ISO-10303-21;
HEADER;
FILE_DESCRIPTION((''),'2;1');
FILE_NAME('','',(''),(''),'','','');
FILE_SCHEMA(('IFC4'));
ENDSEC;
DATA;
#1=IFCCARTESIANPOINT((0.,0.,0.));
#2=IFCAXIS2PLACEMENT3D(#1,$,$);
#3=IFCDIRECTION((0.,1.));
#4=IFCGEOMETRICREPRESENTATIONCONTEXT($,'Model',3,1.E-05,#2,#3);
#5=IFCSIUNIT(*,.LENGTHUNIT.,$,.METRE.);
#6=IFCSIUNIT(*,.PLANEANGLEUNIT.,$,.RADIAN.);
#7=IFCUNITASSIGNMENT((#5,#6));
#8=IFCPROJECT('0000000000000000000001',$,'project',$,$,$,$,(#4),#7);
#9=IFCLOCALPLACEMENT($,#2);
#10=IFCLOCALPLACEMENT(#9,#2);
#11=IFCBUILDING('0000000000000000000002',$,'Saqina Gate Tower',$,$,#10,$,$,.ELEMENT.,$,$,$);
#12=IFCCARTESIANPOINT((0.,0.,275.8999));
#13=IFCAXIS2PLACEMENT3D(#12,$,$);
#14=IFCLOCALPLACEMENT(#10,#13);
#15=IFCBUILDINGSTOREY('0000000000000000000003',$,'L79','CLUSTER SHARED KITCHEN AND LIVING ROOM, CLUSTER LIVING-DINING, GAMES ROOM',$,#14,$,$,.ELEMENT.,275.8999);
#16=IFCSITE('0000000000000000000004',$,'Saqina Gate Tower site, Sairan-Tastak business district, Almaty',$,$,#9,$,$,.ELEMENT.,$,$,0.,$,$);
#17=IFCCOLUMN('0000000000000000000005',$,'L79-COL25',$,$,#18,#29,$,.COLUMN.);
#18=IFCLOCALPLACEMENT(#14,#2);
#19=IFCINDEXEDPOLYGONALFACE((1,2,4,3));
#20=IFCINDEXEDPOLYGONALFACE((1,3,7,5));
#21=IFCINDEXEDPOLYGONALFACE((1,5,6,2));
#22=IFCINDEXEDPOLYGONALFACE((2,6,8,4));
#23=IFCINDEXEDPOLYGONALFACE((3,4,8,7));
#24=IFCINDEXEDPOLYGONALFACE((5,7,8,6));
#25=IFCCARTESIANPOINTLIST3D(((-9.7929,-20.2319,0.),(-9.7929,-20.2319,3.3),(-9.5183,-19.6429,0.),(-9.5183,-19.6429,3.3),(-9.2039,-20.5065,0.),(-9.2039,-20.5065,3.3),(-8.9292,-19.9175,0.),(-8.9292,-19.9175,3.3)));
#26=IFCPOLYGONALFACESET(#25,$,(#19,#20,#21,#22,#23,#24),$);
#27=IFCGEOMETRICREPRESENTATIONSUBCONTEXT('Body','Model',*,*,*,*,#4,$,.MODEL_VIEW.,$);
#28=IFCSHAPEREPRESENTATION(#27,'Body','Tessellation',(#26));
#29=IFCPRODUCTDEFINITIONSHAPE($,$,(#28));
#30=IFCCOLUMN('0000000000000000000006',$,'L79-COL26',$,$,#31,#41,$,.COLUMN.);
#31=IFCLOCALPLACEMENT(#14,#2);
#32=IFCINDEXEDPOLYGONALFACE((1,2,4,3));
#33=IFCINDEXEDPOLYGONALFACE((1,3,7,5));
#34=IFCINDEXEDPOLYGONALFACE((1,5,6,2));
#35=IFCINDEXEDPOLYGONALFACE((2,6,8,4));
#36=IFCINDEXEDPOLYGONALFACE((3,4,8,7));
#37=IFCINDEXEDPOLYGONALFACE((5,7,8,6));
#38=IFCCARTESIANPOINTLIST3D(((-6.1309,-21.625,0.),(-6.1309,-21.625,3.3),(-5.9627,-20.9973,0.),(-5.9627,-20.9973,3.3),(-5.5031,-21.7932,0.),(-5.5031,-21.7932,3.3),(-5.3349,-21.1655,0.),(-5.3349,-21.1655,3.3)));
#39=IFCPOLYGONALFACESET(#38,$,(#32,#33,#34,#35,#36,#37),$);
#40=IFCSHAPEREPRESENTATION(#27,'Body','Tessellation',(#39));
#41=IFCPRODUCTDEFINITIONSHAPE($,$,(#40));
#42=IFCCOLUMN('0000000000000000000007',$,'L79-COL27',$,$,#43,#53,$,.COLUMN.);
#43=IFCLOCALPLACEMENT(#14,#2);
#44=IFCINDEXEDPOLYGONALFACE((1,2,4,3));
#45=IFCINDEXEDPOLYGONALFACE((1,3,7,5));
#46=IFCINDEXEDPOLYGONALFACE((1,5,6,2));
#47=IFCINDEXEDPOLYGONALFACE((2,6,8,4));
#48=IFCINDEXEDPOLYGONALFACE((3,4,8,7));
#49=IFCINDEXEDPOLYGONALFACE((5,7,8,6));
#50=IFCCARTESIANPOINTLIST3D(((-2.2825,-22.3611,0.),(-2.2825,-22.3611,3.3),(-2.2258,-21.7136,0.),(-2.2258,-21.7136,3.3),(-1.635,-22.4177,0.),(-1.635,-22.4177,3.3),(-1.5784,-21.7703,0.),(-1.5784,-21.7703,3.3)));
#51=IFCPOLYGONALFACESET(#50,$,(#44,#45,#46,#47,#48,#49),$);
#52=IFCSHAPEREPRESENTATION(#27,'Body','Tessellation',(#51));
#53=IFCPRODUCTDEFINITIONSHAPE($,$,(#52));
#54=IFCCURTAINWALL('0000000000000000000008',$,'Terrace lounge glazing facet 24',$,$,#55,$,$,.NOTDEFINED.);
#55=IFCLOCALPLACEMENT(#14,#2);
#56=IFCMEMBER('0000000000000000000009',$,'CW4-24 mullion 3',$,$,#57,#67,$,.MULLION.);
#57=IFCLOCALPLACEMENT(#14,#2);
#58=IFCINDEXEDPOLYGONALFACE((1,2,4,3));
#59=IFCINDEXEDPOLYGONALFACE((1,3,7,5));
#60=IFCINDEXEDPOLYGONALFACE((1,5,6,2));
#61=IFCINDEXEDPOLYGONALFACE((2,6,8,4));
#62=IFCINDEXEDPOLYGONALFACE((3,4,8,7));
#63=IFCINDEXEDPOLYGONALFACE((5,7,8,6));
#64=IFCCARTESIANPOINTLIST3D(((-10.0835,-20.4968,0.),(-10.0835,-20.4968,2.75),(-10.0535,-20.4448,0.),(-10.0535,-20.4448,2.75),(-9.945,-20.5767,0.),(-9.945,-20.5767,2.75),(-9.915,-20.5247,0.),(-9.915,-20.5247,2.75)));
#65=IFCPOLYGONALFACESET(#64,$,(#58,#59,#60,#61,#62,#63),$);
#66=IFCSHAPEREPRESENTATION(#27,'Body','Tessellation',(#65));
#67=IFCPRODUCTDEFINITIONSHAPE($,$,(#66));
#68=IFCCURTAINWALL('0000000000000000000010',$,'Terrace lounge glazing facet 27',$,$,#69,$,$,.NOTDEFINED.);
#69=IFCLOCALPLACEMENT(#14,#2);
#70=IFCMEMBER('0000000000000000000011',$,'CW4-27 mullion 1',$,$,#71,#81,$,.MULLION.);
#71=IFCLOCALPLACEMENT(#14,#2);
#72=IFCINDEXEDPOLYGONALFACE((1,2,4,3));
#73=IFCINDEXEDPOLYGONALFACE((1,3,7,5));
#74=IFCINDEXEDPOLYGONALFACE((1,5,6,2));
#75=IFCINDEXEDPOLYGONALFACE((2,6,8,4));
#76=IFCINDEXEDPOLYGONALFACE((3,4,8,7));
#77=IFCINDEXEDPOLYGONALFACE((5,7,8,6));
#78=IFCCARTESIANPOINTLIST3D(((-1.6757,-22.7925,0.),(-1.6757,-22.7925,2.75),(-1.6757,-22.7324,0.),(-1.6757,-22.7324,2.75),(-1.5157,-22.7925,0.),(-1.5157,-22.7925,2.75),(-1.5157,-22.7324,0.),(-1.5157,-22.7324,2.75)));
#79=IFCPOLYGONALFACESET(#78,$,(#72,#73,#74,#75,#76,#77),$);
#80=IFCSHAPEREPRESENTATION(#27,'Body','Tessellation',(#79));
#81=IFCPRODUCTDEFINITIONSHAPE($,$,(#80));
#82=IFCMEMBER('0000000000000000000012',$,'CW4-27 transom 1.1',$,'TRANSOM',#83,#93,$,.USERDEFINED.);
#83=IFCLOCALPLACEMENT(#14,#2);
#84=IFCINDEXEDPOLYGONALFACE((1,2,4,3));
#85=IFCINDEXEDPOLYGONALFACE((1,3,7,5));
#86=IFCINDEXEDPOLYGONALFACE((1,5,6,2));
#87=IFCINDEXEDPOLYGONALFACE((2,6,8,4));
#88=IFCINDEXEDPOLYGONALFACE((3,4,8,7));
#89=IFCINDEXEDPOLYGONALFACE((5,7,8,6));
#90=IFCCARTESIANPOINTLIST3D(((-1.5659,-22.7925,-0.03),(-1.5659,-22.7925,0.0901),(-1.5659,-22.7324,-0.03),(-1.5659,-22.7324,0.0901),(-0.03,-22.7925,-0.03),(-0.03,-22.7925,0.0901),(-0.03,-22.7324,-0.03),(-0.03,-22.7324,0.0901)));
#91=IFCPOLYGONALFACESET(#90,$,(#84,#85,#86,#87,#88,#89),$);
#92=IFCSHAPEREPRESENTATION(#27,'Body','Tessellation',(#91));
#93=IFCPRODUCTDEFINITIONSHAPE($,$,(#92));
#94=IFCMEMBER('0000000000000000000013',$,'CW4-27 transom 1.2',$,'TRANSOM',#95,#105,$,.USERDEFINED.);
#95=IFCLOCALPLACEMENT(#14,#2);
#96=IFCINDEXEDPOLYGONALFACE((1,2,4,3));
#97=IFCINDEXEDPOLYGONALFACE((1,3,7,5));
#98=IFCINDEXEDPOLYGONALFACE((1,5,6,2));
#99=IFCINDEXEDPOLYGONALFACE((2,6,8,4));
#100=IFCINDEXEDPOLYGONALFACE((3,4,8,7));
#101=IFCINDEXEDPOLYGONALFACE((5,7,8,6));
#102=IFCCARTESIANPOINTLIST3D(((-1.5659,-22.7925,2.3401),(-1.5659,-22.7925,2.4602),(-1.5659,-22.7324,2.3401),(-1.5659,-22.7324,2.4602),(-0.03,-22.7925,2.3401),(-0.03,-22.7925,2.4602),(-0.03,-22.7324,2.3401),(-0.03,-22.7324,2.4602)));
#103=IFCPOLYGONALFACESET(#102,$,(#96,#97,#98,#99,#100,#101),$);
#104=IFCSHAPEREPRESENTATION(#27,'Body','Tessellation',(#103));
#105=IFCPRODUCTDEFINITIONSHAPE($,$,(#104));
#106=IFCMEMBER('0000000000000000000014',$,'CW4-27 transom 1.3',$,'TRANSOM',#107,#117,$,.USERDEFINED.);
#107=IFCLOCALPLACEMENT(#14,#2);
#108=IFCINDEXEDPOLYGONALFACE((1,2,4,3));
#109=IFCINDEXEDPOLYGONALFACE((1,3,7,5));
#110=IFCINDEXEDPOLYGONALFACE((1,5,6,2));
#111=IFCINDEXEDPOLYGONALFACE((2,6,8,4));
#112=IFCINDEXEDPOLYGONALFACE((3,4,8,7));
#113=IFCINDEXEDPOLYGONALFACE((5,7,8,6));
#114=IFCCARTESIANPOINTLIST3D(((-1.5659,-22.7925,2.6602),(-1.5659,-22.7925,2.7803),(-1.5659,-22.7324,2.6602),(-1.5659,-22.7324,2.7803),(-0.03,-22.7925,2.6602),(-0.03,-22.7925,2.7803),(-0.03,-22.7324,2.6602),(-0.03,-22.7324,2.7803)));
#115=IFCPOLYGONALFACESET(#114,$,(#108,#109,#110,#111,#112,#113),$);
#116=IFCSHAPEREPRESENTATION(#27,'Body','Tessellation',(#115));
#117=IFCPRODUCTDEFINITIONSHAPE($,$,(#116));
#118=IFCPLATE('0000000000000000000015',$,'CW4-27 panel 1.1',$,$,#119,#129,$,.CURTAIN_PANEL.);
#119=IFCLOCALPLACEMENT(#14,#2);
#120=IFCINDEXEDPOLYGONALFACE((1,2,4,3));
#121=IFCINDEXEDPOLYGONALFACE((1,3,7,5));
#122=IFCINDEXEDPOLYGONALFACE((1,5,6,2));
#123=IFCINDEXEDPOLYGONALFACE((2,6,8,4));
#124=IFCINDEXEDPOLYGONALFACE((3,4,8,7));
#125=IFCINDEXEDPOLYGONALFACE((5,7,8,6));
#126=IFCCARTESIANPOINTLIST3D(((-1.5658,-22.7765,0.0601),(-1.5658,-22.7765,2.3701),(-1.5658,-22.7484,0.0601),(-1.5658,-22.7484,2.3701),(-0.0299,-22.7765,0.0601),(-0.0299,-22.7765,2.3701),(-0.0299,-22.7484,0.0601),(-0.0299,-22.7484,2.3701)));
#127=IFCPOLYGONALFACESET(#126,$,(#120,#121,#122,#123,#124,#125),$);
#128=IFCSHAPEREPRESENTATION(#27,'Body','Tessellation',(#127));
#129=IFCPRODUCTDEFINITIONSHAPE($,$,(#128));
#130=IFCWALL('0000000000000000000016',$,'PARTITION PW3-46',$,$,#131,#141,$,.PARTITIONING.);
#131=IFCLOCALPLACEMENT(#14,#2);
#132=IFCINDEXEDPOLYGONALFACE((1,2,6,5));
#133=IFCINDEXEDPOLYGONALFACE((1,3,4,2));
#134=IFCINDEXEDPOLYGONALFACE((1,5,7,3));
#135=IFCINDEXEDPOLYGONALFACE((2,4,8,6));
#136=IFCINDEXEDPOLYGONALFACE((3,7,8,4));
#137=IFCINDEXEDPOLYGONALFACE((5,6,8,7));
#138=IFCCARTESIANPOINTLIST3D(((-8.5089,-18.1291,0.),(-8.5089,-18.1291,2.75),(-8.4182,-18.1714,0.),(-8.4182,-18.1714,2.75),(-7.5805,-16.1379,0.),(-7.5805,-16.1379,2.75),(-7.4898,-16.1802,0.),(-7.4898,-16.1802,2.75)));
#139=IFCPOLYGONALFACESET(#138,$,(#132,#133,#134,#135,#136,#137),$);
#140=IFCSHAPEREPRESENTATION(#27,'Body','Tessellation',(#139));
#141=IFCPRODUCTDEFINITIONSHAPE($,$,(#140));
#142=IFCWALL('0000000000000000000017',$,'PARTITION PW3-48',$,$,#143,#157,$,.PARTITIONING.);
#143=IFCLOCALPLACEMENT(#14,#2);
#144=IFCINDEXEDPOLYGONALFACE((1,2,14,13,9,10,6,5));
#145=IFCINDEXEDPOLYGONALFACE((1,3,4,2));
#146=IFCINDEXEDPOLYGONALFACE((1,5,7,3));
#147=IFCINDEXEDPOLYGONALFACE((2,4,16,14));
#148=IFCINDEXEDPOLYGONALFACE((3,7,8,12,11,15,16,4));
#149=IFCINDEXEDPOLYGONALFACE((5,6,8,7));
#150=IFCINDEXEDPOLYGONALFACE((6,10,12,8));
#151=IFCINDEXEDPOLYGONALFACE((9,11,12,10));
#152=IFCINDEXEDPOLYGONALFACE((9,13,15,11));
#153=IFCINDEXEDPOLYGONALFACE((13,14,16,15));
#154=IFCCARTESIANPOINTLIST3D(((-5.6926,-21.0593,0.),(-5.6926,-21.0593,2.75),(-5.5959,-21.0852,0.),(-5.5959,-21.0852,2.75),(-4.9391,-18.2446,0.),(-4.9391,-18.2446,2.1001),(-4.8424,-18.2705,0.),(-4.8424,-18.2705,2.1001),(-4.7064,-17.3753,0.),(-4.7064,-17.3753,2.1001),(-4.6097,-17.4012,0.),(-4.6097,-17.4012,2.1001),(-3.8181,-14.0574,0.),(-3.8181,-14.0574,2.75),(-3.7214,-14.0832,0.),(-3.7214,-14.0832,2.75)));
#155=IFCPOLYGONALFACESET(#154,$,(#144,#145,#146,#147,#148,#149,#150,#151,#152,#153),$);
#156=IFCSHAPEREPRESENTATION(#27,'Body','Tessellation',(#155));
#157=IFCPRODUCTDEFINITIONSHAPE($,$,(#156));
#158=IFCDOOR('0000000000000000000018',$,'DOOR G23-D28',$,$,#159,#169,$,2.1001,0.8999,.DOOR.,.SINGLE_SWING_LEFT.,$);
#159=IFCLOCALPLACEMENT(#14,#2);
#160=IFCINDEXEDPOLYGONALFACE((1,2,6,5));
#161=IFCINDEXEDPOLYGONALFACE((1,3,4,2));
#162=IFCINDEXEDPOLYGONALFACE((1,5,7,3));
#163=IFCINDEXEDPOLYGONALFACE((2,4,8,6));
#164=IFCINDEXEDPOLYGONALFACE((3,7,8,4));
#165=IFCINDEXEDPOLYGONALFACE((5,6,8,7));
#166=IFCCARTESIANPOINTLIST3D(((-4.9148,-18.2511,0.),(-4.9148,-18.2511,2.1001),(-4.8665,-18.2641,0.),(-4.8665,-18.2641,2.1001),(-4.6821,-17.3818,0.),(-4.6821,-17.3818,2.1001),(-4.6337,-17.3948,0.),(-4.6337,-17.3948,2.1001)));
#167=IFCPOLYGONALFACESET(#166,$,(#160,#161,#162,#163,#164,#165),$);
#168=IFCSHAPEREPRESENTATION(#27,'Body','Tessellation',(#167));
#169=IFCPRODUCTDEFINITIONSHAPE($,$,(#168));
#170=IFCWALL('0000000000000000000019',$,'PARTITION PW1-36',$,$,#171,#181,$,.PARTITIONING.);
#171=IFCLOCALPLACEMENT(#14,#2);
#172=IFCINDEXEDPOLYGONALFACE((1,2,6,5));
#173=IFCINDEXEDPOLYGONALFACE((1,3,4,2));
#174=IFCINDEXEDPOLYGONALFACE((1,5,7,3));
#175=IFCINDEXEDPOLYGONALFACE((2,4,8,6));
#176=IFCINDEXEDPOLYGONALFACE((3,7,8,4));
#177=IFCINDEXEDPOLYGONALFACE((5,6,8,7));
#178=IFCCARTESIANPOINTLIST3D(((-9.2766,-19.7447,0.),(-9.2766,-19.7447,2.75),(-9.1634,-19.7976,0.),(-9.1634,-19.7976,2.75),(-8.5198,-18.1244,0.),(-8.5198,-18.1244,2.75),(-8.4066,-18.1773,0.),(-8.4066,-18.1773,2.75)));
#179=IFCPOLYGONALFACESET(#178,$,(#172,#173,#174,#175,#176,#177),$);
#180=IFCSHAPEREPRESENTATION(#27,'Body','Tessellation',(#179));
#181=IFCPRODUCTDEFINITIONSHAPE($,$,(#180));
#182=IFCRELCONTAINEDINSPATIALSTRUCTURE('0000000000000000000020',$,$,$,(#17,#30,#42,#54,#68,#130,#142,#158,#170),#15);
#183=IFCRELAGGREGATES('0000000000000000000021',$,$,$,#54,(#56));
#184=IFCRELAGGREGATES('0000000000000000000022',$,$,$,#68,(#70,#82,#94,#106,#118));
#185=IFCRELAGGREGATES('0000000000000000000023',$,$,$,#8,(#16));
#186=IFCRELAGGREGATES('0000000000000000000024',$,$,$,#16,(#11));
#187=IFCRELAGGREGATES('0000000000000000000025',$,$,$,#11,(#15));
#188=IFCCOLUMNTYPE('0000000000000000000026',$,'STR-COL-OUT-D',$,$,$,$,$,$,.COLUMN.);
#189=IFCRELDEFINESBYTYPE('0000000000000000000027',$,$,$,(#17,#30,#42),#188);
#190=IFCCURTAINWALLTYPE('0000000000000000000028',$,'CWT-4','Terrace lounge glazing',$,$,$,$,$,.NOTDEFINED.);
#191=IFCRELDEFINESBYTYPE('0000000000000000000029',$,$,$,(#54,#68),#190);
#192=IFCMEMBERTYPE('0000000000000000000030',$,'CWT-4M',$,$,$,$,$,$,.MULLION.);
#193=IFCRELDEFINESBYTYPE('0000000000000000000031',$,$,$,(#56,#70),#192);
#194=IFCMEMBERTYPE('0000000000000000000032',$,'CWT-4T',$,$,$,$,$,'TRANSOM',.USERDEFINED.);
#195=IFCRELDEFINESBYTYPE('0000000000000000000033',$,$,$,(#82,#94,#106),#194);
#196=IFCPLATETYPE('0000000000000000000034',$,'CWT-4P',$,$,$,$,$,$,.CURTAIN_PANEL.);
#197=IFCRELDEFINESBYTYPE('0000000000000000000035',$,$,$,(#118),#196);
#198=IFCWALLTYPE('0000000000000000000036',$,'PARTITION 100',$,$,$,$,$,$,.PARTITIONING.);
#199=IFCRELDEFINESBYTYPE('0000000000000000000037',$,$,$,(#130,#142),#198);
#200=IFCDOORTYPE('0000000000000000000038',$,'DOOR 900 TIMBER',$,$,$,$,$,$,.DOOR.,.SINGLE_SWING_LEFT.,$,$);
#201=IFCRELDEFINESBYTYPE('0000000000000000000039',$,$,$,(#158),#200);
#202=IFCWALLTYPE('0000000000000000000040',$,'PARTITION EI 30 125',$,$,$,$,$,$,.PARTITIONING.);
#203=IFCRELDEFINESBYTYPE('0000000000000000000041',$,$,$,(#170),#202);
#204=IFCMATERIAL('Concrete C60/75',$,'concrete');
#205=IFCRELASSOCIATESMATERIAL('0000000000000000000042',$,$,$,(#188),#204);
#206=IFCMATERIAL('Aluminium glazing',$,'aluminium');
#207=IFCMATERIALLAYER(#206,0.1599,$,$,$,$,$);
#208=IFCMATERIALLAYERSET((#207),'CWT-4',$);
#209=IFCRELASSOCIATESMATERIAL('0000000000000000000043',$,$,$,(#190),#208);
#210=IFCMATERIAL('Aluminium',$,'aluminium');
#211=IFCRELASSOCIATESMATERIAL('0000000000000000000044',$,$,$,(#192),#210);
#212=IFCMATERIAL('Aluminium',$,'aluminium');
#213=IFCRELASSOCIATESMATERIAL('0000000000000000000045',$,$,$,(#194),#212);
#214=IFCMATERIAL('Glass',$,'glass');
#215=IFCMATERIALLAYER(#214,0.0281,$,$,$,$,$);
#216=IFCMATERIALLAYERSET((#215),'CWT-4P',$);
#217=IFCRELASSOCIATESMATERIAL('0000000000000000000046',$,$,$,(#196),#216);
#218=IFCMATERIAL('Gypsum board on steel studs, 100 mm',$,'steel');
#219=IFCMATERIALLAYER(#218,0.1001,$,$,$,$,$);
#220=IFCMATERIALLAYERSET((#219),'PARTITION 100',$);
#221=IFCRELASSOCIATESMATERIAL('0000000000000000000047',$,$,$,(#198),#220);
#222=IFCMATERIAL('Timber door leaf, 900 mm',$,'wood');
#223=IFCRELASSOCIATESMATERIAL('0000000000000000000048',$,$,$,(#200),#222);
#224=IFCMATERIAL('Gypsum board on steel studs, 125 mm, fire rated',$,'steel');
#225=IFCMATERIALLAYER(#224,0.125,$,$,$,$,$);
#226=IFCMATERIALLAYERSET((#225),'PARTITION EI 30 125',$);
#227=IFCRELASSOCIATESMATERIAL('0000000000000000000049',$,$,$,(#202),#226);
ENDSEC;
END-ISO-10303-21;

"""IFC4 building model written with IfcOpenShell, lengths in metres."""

from ifc_helpers import new_model, si_unit, direction, frame, frame_2d, origin, origin_2d, place, context, subcontext, project, spatial, rectangle, extrude, material, layer, layer_set, material_profile, profile_set, type_object, element, fill, aggregate, save


model = new_model("IFC4")

# Units and contexts
model_context = context("Model", 3, precision=1e-05, world=origin(), true_north=direction((0.0, 1.0)))
body_context = subcontext(model_context, "Body", "Model", "MODEL_VIEW")
ifc_project = project(units=[si_unit("LENGTHUNIT", "METRE"), si_unit("PLANEANGLEUNIT", "RADIAN")], contexts=[model_context])

# Site, building, storey
site_placement = place(None, origin())
site = spatial("IfcSite", under=ifc_project, at=site_placement, Name="Saqina Gate Tower site, Sairan-Tastak business district, Almaty", CompositionType="ELEMENT", RefElevation=0.0)
building_placement = place(site_placement, origin())
building = spatial("IfcBuilding", under=site, at=building_placement, Name="Saqina Gate Tower", CompositionType="ELEMENT")
storey_placement = place(building_placement, frame((0.0, 0.0, 275.8999)))
storey = spatial("IfcBuildingStorey", under=building, at=storey_placement, Name="L79", Description="CLUSTER SHARED KITCHEN AND LIVING ROOM, CLUSTER LIVING-DINING, GAMES ROOM", CompositionType="ELEMENT", Elevation=275.8999)

# Columns
ifc_material_1 = material(Name="Concrete C60/75", Category="concrete")
ifc_material_profile_1 = material_profile(ifc_material_1, rectangle(XDim=0.6499, YDim=0.6499, at=origin_2d()), Name="RC 650x650")
ifc_profile_set_1 = profile_set([ifc_material_profile_1], Name="Concrete C60/75")
column_type = type_object("IfcColumnType", Name="STR-COL-OUT-D", PredefinedType="COLUMN", material=ifc_profile_set_1)
for number, where, z_axis, x_axis, name in (
    (1, (-9.3611, -20.0747, 0.0), (0.0, 0.0, 1.0), (-0.422618, -0.906308, 0.0), "L79-COL25"),
    (2, (-5.7329, -21.3953, 0.0), (0.0, 0.0, 1.0), (-0.258819, -0.965926, 0.0), "L79-COL26"),
    (3, (-1.9304, -22.0657, 0.0), (0.0, 0.0, 1.0), (-0.087156, -0.996195, 0.0), "L79-COL27"),
):
    element("IfcColumn", number, at=place(storey_placement, frame(where, z_axis=z_axis, x_axis=x_axis)), inside=storey, type_object=column_type, Name=name, PredefinedType="COLUMN", context=body_context, shape_type="SweptSolid", body=[
        extrude(rectangle(XDim=0.6499, YDim=0.6499, at=origin_2d()), origin(), (0.0, 0.0, 1.0), 3.3),
    ])

# Curtain wall, member
ifc_material_2 = material(Name="Aluminium glazing", Category="aluminium")
ifc_layer_1 = layer(ifc_material_2, 0.1599)
ifc_layer_set_1 = layer_set([ifc_layer_1], Name="CWT-4")
curtain_wall_type = type_object("IfcCurtainWallType", Name="CWT-4", Description="Terrace lounge glazing", PredefinedType="NOTDEFINED", material=ifc_layer_set_1)
curtain_wall_1_placement = place(storey_placement, origin())
curtain_wall_1 = element("IfcCurtainWall", 4, at=curtain_wall_1_placement, inside=storey, type_object=curtain_wall_type, Name="Terrace lounge glazing facet 24", PredefinedType="NOTDEFINED")
ifc_material_3 = material(Name="Aluminium", Category="aluminium")
ifc_material_profile_2 = material_profile(ifc_material_3, rectangle(XDim=0.0601, YDim=0.1599, at=origin_2d()), Name="Aluminium 60x160")
ifc_profile_set_2 = profile_set([ifc_material_profile_2], Name="Aluminium")
member_type_1 = type_object("IfcMemberType", Name="CWT-4M", PredefinedType="MULLION", material=ifc_profile_set_2)
member_1_placement = place(storey_placement, frame((-9.9993, -20.5107, 0.0), z_axis=(0.0, 0.0, 1.0), x_axis=(0.499982, 0.866036, 0.0)))
member_1 = element("IfcMember", 5, at=member_1_placement, type_object=member_type_1, Name="CW4-24 mullion 3", PredefinedType="MULLION", context=body_context, shape_type="SweptSolid", body=[
    extrude(rectangle(XDim=0.0601, YDim=0.1599, at=origin_2d()), origin(), (0.0, 0.0, 1.0), 2.75),
])
aggregate(curtain_wall_1, [member_1])

# Curtain wall, members, plate
curtain_wall_2_placement = place(storey_placement, origin())
curtain_wall_2 = element("IfcCurtainWall", 6, at=curtain_wall_2_placement, inside=storey, type_object=curtain_wall_type, Name="Terrace lounge glazing facet 27", PredefinedType="NOTDEFINED")
member_2_placement = place(storey_placement, frame((-1.5957, -22.7625, 0.0), z_axis=(0.0, 0.0, 1.0), x_axis=(0.0, 1.0, 0.0)))
member_2 = element("IfcMember", 7, at=member_2_placement, type_object=member_type_1, Name="CW4-27 mullion 1", PredefinedType="MULLION", context=body_context, shape_type="SweptSolid", body=[
    extrude(rectangle(XDim=0.0601, YDim=0.1599, at=origin_2d()), origin(), (0.0, 0.0, 1.0), 2.75),
])
ifc_material_4 = material(Name="Aluminium", Category="aluminium")
ifc_material_profile_3 = material_profile(ifc_material_4, rectangle(XDim=0.0601, YDim=0.1201, at=origin_2d()), Name="Aluminium 60x120")
ifc_profile_set_3 = profile_set([ifc_material_profile_3], Name="Aluminium")
member_type_2 = type_object("IfcMemberType", Name="CWT-4T", ElementType="TRANSOM", PredefinedType="USERDEFINED", material=ifc_profile_set_3)
member_3_placement = place(storey_placement, frame((-1.5659, -22.7625, 0.03), z_axis=(1.0, 0.0, 0.0), x_axis=(0.0, 1.0, 0.0)))
member_3 = element("IfcMember", 8, at=member_3_placement, type_object=member_type_2, Name="CW4-27 transom 1.1", ObjectType="TRANSOM", PredefinedType="USERDEFINED", context=body_context, shape_type="SweptSolid", body=[
    extrude(rectangle(XDim=0.0601, YDim=0.1201, at=origin_2d()), origin(), (0.0, 0.0, 1.0), 1.5359),
])
member_4_placement = place(storey_placement, frame((-1.5659, -22.7625, 2.4001), z_axis=(1.0, 0.0, 0.0), x_axis=(0.0, 1.0, 0.0)))
member_4 = element("IfcMember", 9, at=member_4_placement, type_object=member_type_2, Name="CW4-27 transom 1.2", ObjectType="TRANSOM", PredefinedType="USERDEFINED", context=body_context, shape_type="SweptSolid", body=[
    extrude(rectangle(XDim=0.0601, YDim=0.1201, at=origin_2d()), origin(), (0.0, 0.0, 1.0), 1.5359),
])
member_5_placement = place(storey_placement, frame((-1.5659, -22.7625, 2.7202), z_axis=(1.0, 0.0, 0.0), x_axis=(0.0, 1.0, 0.0)))
member_5 = element("IfcMember", 10, at=member_5_placement, type_object=member_type_2, Name="CW4-27 transom 1.3", ObjectType="TRANSOM", PredefinedType="USERDEFINED", context=body_context, shape_type="SweptSolid", body=[
    extrude(rectangle(XDim=0.0601, YDim=0.1201, at=origin_2d()), origin(), (0.0, 0.0, 1.0), 1.5359),
])
ifc_material_5 = material(Name="Glass", Category="glass")
ifc_layer_2 = layer(ifc_material_5, 0.0281)
ifc_layer_set_2 = layer_set([ifc_layer_2], Name="CWT-4P")
plate_type = type_object("IfcPlateType", Name="CWT-4P", PredefinedType="CURTAIN_PANEL", material=ifc_layer_set_2)
plate_placement = place(storey_placement, frame((-0.7979, -22.7625, 0.0601), z_axis=(0.0, 0.0, 1.0), x_axis=(1.0, 0.0, 0.0)))
plate = element("IfcPlate", 11, at=plate_placement, type_object=plate_type, Name="CW4-27 panel 1.1", PredefinedType="CURTAIN_PANEL", context=body_context, shape_type="SweptSolid", body=[
    extrude(rectangle(XDim=1.5359, YDim=0.0281, at=origin_2d()), origin(), (0.0, 0.0, 1.0), 2.3101),
])
aggregate(curtain_wall_2, [member_2, member_3, member_4, member_5, plate])

# Wall
ifc_material_6 = material(Name="Gypsum board on steel studs, 100 mm", Category="steel")
ifc_layer_3 = layer(ifc_material_6, 0.1001)
ifc_layer_set_3 = layer_set([ifc_layer_3], Name="PARTITION 100")
wall_type_1 = type_object("IfcWallType", Name="PARTITION 100", PredefinedType="PARTITIONING", material=ifc_layer_set_3)
wall_1_placement = place(storey_placement, frame((-8.4636, -18.1504, 0.0), z_axis=(0.0, 0.0, 1.0), x_axis=(0.4226, 0.906317, 0.0)))
element("IfcWall", 12, at=wall_1_placement, inside=storey, type_object=wall_type_1, Name="PARTITION PW3-46", PredefinedType="PARTITIONING", context=body_context, shape_type="SweptSolid", body=[
    extrude(rectangle(XDim=2.197, YDim=0.1001, at=frame_2d((1.0986, 0.0))), origin(), (0.0, 0.0, 1.0), 2.75),
])

# Wall, opening, door
wall_2_placement = place(storey_placement, frame((-5.6443, -21.0723, 0.0), z_axis=(0.0, 0.0, 1.0), x_axis=(0.258606, 0.965983, 0.0)))
wall_2 = element("IfcWall", 13, at=wall_2_placement, inside=storey, type_object=wall_type_1, Name="PARTITION PW3-48", PredefinedType="PARTITIONING", context=body_context, shape_type="SweptSolid", body=[
    extrude(rectangle(XDim=7.2485, YDim=0.1001, at=frame_2d((3.6243, 0.0))), origin(), (0.0, 0.0, 1.0), 2.75),
])
opening_1_placement = place(wall_2_placement, frame((2.9138, 0.0, 0.0)))
opening_1 = element("IfcOpeningElement", 14, at=opening_1_placement, cuts=wall_2, PredefinedType="OPENING", context=body_context, shape_type="SweptSolid", body=[
    extrude(rectangle(XDim=0.8999, YDim=2.1001, at=frame_2d((0.45, 1.05))), frame((0.0, 0.062, 0.0), z_axis=(0.0, -1.0, 0.0), x_axis=(1.0, 0.0, 0.0)), (0.0, 0.0, 1.0), 0.124),
])
ifc_material_7 = material(Name="Timber door leaf, 900 mm", Category="wood")
door_type_1 = type_object("IfcDoorType", Name="DOOR 900 TIMBER", OperationType="SINGLE_SWING_LEFT", PredefinedType="DOOR", material=ifc_material_7)
door_1_placement = place(opening_1_placement, origin())
door_1 = element("IfcDoor", 15, at=door_1_placement, inside=storey, type_object=door_type_1, Name="DOOR G23-D28", OperationType="SINGLE_SWING_LEFT", OverallHeight=2.1001, OverallWidth=0.8999, PredefinedType="DOOR", context=body_context, shape_type="SweptSolid", body=[
    extrude(rectangle(XDim=0.8999, YDim=2.1001, at=frame_2d((0.45, 1.05))), frame((0.0, 0.0249, 0.0), z_axis=(0.0, -1.0, 0.0), x_axis=(1.0, 0.0, 0.0)), (0.0, 0.0, 1.0), 0.05),
])
fill(opening_1, door_1)

# Wall
ifc_material_8 = material(Name="Gypsum board on steel studs, 125 mm, fire rated", Category="steel")
ifc_layer_4 = layer(ifc_material_8, 0.125)
ifc_layer_set_4 = layer_set([ifc_layer_4], Name="PARTITION EI 30 125")
wall_type_2 = type_object("IfcWallType", Name="PARTITION EI 30 125", PredefinedType="PARTITIONING", material=ifc_layer_set_4)
wall_3_placement = place(storey_placement, frame((-9.22, -19.771, 0.0), z_axis=(0.0, 0.0, 1.0), x_axis=(0.423192, 0.90604, 0.0)))
element("IfcWall", 16, at=wall_3_placement, inside=storey, type_object=wall_type_2, Name="PARTITION PW1-36", PredefinedType="PARTITIONING", context=body_context, shape_type="SweptSolid", body=[
    extrude(rectangle(XDim=1.7883, YDim=0.125, at=frame_2d((0.894, 0.0))), origin(), (0.0, 0.0, 1.0), 2.75),
])

save(model, "model.ifc")
